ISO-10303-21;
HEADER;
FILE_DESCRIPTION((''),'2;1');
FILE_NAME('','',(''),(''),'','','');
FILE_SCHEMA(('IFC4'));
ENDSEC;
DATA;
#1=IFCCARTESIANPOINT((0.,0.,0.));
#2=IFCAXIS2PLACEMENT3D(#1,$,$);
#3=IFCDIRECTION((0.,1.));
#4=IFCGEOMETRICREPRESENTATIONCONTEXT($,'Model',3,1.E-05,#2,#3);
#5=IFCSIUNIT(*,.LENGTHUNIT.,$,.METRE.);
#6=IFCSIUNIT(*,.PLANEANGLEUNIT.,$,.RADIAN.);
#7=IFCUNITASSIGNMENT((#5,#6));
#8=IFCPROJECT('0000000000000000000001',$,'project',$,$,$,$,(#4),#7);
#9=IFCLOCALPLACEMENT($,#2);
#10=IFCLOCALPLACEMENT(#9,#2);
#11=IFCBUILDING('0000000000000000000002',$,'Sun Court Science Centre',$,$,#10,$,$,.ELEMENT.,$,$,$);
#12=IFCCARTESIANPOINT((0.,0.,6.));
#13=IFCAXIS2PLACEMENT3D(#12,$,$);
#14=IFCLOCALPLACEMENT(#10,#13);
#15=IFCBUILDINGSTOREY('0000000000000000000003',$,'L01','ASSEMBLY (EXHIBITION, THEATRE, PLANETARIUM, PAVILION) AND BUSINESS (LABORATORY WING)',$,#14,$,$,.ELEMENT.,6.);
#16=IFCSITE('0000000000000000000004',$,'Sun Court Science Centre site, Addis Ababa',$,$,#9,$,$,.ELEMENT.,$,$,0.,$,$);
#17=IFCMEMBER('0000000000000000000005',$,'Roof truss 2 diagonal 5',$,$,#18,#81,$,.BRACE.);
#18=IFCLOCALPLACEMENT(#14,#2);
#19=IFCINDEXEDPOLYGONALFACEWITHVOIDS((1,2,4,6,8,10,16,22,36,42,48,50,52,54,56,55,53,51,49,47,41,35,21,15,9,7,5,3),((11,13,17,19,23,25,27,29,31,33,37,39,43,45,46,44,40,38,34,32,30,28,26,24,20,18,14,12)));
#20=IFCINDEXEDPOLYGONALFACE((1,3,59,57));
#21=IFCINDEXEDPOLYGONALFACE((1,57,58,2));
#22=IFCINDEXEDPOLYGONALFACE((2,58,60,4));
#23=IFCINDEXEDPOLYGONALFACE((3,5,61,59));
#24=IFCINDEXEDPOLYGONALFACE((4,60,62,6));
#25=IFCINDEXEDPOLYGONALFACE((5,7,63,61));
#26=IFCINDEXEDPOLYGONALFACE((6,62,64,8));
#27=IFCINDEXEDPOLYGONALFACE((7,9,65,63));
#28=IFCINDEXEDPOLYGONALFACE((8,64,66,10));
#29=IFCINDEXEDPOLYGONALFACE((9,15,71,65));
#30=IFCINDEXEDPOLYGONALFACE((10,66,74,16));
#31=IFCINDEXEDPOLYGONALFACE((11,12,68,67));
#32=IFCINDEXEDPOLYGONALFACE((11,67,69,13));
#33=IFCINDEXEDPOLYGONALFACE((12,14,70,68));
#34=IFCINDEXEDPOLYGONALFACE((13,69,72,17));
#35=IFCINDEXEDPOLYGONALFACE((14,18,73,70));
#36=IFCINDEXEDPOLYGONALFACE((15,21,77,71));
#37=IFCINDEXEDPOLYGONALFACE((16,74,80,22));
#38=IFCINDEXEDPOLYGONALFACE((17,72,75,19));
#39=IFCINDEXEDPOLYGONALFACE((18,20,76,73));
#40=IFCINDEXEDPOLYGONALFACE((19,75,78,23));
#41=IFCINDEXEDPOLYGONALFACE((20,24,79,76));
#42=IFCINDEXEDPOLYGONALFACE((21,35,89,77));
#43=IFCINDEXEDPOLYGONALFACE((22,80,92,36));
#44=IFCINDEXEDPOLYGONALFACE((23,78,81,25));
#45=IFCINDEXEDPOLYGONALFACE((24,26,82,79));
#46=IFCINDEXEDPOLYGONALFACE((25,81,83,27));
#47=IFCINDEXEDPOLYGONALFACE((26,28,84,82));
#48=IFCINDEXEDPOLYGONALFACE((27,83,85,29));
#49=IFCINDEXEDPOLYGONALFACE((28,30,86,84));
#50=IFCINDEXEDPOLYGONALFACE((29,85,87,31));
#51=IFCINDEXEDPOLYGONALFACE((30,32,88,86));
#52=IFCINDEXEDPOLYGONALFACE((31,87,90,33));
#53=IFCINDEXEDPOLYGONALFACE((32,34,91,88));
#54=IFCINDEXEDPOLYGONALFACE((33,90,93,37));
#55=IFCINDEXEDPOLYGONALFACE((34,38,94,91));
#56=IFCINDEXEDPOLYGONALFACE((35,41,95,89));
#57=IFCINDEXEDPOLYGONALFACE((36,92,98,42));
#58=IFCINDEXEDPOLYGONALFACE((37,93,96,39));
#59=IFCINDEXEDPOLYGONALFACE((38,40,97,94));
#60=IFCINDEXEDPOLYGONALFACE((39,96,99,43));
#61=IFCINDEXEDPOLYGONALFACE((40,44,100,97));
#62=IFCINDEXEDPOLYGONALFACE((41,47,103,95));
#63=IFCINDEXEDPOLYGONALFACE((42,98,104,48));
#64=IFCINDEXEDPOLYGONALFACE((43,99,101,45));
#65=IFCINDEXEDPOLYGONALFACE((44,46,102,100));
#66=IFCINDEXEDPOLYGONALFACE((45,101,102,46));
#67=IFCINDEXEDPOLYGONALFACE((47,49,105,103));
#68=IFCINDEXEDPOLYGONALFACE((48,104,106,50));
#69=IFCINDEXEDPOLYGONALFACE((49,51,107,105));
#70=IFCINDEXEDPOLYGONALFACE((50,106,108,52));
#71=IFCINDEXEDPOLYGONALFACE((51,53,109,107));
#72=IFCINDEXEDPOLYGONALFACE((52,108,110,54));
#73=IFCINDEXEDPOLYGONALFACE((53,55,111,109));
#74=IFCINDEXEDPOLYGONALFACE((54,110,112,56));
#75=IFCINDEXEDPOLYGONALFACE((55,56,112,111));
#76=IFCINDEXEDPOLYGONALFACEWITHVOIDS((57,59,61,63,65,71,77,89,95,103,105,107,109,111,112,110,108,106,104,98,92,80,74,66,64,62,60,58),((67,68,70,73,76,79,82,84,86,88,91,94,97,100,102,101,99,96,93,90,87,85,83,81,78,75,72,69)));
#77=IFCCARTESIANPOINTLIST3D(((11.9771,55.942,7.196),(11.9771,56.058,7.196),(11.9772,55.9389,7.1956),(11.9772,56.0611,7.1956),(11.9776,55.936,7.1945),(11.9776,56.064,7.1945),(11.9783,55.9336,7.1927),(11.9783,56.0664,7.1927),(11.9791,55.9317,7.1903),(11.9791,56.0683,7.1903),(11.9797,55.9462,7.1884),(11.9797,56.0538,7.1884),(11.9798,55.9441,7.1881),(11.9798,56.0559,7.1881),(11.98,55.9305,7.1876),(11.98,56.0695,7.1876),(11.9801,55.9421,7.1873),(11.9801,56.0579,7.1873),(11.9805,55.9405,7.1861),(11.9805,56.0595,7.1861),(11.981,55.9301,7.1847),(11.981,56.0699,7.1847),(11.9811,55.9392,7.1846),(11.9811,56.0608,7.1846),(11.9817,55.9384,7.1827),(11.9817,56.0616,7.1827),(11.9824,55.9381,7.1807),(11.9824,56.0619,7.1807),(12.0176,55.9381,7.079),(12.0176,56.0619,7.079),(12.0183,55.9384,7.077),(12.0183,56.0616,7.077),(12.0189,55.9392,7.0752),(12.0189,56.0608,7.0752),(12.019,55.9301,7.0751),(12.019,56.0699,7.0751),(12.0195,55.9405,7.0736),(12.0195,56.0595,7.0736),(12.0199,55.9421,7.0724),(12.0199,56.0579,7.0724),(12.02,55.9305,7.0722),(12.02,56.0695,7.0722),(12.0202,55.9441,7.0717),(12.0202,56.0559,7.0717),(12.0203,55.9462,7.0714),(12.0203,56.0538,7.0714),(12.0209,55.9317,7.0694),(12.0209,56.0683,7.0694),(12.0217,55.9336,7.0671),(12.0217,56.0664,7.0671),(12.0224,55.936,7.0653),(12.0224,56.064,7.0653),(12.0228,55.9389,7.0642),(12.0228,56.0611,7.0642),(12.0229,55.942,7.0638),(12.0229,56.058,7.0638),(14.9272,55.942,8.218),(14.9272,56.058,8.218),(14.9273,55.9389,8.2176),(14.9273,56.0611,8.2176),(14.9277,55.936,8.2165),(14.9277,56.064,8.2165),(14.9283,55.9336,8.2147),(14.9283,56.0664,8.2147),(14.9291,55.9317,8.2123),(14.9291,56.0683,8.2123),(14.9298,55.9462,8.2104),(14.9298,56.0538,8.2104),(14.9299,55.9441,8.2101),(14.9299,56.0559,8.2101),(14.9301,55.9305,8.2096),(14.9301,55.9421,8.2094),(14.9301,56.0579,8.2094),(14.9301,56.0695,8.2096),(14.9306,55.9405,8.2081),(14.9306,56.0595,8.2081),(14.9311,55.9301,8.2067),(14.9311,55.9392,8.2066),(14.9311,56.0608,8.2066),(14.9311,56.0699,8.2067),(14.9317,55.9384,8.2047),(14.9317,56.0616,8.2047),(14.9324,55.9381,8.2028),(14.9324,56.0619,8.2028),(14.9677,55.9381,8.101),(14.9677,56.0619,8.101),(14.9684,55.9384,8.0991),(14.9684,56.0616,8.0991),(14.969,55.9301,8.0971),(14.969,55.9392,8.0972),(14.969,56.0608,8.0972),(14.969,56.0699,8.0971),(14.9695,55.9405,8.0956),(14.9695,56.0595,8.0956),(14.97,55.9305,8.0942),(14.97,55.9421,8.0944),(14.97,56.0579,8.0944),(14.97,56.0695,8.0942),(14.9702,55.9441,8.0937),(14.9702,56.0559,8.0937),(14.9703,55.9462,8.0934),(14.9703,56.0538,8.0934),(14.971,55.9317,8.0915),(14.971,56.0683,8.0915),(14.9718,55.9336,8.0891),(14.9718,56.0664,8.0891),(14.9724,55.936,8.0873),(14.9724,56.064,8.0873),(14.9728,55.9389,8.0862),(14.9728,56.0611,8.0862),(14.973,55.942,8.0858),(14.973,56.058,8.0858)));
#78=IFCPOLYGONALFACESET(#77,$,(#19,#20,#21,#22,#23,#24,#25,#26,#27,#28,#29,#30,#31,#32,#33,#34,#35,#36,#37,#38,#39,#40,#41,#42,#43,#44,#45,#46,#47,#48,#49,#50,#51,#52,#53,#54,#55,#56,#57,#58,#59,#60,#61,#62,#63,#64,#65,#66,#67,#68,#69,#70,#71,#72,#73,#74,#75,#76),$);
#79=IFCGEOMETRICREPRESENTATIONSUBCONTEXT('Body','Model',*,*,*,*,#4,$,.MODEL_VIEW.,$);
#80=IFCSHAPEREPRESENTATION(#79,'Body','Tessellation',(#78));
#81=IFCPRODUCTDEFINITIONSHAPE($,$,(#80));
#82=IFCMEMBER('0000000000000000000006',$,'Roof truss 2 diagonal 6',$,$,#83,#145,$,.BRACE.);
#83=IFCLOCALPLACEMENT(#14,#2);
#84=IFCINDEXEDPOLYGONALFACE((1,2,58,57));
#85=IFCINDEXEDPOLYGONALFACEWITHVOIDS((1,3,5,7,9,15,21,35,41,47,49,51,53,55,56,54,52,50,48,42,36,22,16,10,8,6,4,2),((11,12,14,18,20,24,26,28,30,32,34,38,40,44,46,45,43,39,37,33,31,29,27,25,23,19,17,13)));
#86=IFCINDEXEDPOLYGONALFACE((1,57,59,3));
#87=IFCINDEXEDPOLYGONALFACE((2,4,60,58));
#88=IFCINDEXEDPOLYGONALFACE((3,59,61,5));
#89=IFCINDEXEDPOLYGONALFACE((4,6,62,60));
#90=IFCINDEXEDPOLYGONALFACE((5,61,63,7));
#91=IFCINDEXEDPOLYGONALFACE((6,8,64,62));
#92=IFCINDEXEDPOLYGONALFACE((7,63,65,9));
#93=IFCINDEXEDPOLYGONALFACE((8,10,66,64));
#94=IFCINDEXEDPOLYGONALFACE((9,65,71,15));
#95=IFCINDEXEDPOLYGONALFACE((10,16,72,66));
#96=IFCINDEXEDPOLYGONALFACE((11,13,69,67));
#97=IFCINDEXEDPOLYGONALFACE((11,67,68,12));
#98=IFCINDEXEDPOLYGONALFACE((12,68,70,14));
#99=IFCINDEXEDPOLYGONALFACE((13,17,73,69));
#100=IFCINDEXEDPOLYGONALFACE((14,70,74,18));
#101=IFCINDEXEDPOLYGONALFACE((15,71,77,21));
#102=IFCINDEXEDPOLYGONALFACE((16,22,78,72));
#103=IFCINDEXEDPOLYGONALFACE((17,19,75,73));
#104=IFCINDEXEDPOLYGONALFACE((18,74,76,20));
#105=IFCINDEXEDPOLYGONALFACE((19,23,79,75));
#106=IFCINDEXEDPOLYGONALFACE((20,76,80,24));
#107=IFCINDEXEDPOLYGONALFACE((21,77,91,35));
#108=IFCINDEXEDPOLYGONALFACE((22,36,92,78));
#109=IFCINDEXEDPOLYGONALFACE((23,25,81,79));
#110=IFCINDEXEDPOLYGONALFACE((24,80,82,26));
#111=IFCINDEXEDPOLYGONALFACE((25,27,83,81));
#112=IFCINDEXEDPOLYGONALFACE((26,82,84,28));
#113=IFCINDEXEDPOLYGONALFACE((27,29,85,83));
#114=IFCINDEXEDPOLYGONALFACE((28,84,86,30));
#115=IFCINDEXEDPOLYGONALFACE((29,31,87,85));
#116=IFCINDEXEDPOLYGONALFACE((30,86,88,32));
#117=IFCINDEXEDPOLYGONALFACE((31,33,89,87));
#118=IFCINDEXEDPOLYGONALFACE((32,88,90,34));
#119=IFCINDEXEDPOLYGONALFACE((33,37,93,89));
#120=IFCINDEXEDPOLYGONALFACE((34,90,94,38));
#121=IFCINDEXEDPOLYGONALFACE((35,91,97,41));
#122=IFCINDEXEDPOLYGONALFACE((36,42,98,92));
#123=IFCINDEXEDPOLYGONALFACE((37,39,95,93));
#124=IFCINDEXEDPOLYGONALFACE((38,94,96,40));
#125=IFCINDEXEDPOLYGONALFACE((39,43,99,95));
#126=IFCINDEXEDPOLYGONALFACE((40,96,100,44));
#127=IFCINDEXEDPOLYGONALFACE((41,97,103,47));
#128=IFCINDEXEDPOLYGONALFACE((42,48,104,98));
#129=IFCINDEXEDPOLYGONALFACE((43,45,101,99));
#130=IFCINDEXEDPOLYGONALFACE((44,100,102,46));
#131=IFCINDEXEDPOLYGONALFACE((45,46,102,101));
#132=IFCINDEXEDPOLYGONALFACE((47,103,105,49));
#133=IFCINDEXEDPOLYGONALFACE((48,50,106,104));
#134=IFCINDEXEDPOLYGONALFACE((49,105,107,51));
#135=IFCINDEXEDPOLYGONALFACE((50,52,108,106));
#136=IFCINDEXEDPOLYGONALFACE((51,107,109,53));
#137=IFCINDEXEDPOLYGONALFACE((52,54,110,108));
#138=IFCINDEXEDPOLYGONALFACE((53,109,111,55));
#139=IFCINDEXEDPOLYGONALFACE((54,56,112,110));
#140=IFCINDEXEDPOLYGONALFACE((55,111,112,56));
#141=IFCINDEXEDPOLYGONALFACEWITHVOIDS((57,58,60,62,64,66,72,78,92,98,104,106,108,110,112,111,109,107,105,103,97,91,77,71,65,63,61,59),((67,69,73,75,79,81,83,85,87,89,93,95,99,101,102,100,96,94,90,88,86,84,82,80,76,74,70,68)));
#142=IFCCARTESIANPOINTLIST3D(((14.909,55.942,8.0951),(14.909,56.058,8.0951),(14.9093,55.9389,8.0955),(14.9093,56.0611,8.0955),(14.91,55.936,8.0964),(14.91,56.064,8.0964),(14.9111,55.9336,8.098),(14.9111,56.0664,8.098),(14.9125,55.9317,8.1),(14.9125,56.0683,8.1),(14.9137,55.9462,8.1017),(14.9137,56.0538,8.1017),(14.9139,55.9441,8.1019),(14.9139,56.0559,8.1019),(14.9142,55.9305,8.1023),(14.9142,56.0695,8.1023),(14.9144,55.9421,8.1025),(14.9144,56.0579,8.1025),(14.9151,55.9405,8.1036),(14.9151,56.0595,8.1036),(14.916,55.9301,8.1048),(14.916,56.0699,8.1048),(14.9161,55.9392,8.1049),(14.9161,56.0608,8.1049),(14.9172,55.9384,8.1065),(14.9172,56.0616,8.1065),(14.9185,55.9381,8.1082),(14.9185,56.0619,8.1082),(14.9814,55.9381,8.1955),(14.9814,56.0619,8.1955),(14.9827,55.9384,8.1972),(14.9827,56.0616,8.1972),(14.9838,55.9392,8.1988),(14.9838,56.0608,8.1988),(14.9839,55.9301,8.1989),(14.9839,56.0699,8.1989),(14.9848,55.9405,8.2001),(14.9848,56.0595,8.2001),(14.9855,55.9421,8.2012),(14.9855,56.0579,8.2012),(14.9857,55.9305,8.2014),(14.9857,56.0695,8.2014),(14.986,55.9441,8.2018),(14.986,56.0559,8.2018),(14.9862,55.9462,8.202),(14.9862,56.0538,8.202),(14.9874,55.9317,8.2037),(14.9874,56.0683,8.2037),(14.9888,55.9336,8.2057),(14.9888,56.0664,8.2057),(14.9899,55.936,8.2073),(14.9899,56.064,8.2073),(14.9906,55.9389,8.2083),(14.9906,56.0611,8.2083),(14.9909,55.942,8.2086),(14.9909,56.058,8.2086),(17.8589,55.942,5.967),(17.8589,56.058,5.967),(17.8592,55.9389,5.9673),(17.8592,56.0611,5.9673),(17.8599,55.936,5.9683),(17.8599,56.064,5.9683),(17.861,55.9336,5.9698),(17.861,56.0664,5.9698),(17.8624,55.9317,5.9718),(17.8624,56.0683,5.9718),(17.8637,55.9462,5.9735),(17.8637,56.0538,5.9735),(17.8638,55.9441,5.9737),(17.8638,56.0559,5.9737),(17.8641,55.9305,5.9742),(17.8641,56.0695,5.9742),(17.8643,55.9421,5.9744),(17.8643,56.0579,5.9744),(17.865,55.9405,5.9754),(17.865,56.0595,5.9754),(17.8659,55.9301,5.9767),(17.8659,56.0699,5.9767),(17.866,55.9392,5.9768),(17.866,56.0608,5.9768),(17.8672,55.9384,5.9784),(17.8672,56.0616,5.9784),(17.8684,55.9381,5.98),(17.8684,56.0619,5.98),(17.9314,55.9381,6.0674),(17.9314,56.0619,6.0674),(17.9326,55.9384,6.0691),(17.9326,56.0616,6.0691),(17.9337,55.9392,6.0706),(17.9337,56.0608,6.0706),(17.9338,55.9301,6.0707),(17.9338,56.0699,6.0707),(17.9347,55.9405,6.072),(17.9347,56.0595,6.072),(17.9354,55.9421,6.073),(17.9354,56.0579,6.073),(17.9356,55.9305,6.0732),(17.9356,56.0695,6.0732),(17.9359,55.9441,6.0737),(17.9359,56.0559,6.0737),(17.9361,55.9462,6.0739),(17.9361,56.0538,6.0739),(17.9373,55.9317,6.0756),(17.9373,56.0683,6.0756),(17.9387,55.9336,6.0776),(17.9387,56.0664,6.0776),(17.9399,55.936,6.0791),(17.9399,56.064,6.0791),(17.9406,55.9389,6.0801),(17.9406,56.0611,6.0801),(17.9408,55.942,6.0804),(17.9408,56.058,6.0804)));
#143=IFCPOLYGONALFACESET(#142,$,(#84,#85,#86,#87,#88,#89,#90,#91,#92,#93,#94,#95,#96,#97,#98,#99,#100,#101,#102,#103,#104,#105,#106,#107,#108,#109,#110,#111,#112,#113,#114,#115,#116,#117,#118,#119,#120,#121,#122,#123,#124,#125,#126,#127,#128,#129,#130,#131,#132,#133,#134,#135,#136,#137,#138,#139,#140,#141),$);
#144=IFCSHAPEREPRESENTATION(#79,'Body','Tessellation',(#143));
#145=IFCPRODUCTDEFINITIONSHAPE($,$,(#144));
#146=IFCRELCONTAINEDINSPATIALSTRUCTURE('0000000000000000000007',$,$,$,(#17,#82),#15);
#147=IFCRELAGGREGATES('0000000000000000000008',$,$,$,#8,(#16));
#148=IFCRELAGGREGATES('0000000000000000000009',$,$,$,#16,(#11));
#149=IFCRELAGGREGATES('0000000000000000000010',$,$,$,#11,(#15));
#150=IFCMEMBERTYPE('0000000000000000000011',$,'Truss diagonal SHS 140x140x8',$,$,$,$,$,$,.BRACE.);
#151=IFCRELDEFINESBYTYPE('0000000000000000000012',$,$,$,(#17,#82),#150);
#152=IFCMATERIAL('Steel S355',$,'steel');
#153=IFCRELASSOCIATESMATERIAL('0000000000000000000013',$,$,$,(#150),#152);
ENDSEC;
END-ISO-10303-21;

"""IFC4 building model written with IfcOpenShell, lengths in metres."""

from ifc_helpers import new_model, si_unit, direction, frame, origin, origin_2d, place, context, subcontext, project, spatial, hollow_rectangle, extrude, material, material_profile, profile_set, type_object, element, save


model = new_model("IFC4")

# Units and contexts
model_context = context("Model", 3, precision=1e-05, world=origin(), true_north=direction((0.0, 1.0)))
body_context = subcontext(model_context, "Body", "Model", "MODEL_VIEW")
ifc_project = project(units=[si_unit("LENGTHUNIT", "METRE"), si_unit("PLANEANGLEUNIT", "RADIAN")], contexts=[model_context])

# Site, building, storey
site_placement = place(None, origin())
site = spatial("IfcSite", under=ifc_project, at=site_placement, Name="Sun Court Science Centre site, Addis Ababa", CompositionType="ELEMENT", RefElevation=0.0)
building_placement = place(site_placement, origin())
building = spatial("IfcBuilding", under=site, at=building_placement, Name="Sun Court Science Centre", CompositionType="ELEMENT")
storey_placement = place(building_placement, frame((0.0, 0.0, 6.0)))
storey = spatial("IfcBuildingStorey", under=building, at=storey_placement, Name="L01", Description="ASSEMBLY (EXHIBITION, THEATRE, PLANETARIUM, PAVILION) AND BUSINESS (LABORATORY WING)", CompositionType="ELEMENT", Elevation=6.0)

# Members
ifc_material_1 = material(Name="Steel S355", Category="steel")
ifc_material_profile_1 = material_profile(ifc_material_1, hollow_rectangle(XDim=0.1399, YDim=0.1399, WallThickness=0.0081, InnerFilletRadius=0.0081, OuterFilletRadius=0.012, at=origin_2d()), Name="SHS 140x140x8")
ifc_profile_set_1 = profile_set([ifc_material_profile_1], Name="Steel S355")
member_type_1 = type_object("IfcMemberType", Name="Truss diagonal SHS 140x140x8", PredefinedType="BRACE", material=ifc_profile_set_1)
member_1_placement = place(storey_placement, frame((12.0, 56.0, 7.1299), z_axis=(0.944903, 0.0, 0.32735), x_axis=(0.0, 1.0, 0.0)))
element("IfcMember", 1, at=member_1_placement, inside=storey, type_object=member_type_1, Name="Roof truss 2 diagonal 5", PredefinedType="BRACE", context=body_context, shape_type="SweptSolid", body=[
    extrude(hollow_rectangle(XDim=0.1399, YDim=0.1399, WallThickness=0.0081, InnerFilletRadius=0.0081, OuterFilletRadius=0.012, at=origin_2d()), origin(), (0.0, 0.0, 1.0), 3.1221),
])
member_2_placement = place(storey_placement, frame((14.95, 56.0, 8.1519), z_axis=(0.810985, 0.0, -0.585067), x_axis=(0.0, 1.0, 0.0)))
element("IfcMember", 2, at=member_2_placement, inside=storey, type_object=member_type_1, Name="Roof truss 2 diagonal 6", PredefinedType="BRACE", context=body_context, shape_type="SweptSolid", body=[
    extrude(hollow_rectangle(XDim=0.1399, YDim=0.1399, WallThickness=0.0081, InnerFilletRadius=0.0081, OuterFilletRadius=0.012, at=origin_2d()), origin(), (0.0, 0.0, 1.0), 3.6375),
])

save(model, "model.ifc")
